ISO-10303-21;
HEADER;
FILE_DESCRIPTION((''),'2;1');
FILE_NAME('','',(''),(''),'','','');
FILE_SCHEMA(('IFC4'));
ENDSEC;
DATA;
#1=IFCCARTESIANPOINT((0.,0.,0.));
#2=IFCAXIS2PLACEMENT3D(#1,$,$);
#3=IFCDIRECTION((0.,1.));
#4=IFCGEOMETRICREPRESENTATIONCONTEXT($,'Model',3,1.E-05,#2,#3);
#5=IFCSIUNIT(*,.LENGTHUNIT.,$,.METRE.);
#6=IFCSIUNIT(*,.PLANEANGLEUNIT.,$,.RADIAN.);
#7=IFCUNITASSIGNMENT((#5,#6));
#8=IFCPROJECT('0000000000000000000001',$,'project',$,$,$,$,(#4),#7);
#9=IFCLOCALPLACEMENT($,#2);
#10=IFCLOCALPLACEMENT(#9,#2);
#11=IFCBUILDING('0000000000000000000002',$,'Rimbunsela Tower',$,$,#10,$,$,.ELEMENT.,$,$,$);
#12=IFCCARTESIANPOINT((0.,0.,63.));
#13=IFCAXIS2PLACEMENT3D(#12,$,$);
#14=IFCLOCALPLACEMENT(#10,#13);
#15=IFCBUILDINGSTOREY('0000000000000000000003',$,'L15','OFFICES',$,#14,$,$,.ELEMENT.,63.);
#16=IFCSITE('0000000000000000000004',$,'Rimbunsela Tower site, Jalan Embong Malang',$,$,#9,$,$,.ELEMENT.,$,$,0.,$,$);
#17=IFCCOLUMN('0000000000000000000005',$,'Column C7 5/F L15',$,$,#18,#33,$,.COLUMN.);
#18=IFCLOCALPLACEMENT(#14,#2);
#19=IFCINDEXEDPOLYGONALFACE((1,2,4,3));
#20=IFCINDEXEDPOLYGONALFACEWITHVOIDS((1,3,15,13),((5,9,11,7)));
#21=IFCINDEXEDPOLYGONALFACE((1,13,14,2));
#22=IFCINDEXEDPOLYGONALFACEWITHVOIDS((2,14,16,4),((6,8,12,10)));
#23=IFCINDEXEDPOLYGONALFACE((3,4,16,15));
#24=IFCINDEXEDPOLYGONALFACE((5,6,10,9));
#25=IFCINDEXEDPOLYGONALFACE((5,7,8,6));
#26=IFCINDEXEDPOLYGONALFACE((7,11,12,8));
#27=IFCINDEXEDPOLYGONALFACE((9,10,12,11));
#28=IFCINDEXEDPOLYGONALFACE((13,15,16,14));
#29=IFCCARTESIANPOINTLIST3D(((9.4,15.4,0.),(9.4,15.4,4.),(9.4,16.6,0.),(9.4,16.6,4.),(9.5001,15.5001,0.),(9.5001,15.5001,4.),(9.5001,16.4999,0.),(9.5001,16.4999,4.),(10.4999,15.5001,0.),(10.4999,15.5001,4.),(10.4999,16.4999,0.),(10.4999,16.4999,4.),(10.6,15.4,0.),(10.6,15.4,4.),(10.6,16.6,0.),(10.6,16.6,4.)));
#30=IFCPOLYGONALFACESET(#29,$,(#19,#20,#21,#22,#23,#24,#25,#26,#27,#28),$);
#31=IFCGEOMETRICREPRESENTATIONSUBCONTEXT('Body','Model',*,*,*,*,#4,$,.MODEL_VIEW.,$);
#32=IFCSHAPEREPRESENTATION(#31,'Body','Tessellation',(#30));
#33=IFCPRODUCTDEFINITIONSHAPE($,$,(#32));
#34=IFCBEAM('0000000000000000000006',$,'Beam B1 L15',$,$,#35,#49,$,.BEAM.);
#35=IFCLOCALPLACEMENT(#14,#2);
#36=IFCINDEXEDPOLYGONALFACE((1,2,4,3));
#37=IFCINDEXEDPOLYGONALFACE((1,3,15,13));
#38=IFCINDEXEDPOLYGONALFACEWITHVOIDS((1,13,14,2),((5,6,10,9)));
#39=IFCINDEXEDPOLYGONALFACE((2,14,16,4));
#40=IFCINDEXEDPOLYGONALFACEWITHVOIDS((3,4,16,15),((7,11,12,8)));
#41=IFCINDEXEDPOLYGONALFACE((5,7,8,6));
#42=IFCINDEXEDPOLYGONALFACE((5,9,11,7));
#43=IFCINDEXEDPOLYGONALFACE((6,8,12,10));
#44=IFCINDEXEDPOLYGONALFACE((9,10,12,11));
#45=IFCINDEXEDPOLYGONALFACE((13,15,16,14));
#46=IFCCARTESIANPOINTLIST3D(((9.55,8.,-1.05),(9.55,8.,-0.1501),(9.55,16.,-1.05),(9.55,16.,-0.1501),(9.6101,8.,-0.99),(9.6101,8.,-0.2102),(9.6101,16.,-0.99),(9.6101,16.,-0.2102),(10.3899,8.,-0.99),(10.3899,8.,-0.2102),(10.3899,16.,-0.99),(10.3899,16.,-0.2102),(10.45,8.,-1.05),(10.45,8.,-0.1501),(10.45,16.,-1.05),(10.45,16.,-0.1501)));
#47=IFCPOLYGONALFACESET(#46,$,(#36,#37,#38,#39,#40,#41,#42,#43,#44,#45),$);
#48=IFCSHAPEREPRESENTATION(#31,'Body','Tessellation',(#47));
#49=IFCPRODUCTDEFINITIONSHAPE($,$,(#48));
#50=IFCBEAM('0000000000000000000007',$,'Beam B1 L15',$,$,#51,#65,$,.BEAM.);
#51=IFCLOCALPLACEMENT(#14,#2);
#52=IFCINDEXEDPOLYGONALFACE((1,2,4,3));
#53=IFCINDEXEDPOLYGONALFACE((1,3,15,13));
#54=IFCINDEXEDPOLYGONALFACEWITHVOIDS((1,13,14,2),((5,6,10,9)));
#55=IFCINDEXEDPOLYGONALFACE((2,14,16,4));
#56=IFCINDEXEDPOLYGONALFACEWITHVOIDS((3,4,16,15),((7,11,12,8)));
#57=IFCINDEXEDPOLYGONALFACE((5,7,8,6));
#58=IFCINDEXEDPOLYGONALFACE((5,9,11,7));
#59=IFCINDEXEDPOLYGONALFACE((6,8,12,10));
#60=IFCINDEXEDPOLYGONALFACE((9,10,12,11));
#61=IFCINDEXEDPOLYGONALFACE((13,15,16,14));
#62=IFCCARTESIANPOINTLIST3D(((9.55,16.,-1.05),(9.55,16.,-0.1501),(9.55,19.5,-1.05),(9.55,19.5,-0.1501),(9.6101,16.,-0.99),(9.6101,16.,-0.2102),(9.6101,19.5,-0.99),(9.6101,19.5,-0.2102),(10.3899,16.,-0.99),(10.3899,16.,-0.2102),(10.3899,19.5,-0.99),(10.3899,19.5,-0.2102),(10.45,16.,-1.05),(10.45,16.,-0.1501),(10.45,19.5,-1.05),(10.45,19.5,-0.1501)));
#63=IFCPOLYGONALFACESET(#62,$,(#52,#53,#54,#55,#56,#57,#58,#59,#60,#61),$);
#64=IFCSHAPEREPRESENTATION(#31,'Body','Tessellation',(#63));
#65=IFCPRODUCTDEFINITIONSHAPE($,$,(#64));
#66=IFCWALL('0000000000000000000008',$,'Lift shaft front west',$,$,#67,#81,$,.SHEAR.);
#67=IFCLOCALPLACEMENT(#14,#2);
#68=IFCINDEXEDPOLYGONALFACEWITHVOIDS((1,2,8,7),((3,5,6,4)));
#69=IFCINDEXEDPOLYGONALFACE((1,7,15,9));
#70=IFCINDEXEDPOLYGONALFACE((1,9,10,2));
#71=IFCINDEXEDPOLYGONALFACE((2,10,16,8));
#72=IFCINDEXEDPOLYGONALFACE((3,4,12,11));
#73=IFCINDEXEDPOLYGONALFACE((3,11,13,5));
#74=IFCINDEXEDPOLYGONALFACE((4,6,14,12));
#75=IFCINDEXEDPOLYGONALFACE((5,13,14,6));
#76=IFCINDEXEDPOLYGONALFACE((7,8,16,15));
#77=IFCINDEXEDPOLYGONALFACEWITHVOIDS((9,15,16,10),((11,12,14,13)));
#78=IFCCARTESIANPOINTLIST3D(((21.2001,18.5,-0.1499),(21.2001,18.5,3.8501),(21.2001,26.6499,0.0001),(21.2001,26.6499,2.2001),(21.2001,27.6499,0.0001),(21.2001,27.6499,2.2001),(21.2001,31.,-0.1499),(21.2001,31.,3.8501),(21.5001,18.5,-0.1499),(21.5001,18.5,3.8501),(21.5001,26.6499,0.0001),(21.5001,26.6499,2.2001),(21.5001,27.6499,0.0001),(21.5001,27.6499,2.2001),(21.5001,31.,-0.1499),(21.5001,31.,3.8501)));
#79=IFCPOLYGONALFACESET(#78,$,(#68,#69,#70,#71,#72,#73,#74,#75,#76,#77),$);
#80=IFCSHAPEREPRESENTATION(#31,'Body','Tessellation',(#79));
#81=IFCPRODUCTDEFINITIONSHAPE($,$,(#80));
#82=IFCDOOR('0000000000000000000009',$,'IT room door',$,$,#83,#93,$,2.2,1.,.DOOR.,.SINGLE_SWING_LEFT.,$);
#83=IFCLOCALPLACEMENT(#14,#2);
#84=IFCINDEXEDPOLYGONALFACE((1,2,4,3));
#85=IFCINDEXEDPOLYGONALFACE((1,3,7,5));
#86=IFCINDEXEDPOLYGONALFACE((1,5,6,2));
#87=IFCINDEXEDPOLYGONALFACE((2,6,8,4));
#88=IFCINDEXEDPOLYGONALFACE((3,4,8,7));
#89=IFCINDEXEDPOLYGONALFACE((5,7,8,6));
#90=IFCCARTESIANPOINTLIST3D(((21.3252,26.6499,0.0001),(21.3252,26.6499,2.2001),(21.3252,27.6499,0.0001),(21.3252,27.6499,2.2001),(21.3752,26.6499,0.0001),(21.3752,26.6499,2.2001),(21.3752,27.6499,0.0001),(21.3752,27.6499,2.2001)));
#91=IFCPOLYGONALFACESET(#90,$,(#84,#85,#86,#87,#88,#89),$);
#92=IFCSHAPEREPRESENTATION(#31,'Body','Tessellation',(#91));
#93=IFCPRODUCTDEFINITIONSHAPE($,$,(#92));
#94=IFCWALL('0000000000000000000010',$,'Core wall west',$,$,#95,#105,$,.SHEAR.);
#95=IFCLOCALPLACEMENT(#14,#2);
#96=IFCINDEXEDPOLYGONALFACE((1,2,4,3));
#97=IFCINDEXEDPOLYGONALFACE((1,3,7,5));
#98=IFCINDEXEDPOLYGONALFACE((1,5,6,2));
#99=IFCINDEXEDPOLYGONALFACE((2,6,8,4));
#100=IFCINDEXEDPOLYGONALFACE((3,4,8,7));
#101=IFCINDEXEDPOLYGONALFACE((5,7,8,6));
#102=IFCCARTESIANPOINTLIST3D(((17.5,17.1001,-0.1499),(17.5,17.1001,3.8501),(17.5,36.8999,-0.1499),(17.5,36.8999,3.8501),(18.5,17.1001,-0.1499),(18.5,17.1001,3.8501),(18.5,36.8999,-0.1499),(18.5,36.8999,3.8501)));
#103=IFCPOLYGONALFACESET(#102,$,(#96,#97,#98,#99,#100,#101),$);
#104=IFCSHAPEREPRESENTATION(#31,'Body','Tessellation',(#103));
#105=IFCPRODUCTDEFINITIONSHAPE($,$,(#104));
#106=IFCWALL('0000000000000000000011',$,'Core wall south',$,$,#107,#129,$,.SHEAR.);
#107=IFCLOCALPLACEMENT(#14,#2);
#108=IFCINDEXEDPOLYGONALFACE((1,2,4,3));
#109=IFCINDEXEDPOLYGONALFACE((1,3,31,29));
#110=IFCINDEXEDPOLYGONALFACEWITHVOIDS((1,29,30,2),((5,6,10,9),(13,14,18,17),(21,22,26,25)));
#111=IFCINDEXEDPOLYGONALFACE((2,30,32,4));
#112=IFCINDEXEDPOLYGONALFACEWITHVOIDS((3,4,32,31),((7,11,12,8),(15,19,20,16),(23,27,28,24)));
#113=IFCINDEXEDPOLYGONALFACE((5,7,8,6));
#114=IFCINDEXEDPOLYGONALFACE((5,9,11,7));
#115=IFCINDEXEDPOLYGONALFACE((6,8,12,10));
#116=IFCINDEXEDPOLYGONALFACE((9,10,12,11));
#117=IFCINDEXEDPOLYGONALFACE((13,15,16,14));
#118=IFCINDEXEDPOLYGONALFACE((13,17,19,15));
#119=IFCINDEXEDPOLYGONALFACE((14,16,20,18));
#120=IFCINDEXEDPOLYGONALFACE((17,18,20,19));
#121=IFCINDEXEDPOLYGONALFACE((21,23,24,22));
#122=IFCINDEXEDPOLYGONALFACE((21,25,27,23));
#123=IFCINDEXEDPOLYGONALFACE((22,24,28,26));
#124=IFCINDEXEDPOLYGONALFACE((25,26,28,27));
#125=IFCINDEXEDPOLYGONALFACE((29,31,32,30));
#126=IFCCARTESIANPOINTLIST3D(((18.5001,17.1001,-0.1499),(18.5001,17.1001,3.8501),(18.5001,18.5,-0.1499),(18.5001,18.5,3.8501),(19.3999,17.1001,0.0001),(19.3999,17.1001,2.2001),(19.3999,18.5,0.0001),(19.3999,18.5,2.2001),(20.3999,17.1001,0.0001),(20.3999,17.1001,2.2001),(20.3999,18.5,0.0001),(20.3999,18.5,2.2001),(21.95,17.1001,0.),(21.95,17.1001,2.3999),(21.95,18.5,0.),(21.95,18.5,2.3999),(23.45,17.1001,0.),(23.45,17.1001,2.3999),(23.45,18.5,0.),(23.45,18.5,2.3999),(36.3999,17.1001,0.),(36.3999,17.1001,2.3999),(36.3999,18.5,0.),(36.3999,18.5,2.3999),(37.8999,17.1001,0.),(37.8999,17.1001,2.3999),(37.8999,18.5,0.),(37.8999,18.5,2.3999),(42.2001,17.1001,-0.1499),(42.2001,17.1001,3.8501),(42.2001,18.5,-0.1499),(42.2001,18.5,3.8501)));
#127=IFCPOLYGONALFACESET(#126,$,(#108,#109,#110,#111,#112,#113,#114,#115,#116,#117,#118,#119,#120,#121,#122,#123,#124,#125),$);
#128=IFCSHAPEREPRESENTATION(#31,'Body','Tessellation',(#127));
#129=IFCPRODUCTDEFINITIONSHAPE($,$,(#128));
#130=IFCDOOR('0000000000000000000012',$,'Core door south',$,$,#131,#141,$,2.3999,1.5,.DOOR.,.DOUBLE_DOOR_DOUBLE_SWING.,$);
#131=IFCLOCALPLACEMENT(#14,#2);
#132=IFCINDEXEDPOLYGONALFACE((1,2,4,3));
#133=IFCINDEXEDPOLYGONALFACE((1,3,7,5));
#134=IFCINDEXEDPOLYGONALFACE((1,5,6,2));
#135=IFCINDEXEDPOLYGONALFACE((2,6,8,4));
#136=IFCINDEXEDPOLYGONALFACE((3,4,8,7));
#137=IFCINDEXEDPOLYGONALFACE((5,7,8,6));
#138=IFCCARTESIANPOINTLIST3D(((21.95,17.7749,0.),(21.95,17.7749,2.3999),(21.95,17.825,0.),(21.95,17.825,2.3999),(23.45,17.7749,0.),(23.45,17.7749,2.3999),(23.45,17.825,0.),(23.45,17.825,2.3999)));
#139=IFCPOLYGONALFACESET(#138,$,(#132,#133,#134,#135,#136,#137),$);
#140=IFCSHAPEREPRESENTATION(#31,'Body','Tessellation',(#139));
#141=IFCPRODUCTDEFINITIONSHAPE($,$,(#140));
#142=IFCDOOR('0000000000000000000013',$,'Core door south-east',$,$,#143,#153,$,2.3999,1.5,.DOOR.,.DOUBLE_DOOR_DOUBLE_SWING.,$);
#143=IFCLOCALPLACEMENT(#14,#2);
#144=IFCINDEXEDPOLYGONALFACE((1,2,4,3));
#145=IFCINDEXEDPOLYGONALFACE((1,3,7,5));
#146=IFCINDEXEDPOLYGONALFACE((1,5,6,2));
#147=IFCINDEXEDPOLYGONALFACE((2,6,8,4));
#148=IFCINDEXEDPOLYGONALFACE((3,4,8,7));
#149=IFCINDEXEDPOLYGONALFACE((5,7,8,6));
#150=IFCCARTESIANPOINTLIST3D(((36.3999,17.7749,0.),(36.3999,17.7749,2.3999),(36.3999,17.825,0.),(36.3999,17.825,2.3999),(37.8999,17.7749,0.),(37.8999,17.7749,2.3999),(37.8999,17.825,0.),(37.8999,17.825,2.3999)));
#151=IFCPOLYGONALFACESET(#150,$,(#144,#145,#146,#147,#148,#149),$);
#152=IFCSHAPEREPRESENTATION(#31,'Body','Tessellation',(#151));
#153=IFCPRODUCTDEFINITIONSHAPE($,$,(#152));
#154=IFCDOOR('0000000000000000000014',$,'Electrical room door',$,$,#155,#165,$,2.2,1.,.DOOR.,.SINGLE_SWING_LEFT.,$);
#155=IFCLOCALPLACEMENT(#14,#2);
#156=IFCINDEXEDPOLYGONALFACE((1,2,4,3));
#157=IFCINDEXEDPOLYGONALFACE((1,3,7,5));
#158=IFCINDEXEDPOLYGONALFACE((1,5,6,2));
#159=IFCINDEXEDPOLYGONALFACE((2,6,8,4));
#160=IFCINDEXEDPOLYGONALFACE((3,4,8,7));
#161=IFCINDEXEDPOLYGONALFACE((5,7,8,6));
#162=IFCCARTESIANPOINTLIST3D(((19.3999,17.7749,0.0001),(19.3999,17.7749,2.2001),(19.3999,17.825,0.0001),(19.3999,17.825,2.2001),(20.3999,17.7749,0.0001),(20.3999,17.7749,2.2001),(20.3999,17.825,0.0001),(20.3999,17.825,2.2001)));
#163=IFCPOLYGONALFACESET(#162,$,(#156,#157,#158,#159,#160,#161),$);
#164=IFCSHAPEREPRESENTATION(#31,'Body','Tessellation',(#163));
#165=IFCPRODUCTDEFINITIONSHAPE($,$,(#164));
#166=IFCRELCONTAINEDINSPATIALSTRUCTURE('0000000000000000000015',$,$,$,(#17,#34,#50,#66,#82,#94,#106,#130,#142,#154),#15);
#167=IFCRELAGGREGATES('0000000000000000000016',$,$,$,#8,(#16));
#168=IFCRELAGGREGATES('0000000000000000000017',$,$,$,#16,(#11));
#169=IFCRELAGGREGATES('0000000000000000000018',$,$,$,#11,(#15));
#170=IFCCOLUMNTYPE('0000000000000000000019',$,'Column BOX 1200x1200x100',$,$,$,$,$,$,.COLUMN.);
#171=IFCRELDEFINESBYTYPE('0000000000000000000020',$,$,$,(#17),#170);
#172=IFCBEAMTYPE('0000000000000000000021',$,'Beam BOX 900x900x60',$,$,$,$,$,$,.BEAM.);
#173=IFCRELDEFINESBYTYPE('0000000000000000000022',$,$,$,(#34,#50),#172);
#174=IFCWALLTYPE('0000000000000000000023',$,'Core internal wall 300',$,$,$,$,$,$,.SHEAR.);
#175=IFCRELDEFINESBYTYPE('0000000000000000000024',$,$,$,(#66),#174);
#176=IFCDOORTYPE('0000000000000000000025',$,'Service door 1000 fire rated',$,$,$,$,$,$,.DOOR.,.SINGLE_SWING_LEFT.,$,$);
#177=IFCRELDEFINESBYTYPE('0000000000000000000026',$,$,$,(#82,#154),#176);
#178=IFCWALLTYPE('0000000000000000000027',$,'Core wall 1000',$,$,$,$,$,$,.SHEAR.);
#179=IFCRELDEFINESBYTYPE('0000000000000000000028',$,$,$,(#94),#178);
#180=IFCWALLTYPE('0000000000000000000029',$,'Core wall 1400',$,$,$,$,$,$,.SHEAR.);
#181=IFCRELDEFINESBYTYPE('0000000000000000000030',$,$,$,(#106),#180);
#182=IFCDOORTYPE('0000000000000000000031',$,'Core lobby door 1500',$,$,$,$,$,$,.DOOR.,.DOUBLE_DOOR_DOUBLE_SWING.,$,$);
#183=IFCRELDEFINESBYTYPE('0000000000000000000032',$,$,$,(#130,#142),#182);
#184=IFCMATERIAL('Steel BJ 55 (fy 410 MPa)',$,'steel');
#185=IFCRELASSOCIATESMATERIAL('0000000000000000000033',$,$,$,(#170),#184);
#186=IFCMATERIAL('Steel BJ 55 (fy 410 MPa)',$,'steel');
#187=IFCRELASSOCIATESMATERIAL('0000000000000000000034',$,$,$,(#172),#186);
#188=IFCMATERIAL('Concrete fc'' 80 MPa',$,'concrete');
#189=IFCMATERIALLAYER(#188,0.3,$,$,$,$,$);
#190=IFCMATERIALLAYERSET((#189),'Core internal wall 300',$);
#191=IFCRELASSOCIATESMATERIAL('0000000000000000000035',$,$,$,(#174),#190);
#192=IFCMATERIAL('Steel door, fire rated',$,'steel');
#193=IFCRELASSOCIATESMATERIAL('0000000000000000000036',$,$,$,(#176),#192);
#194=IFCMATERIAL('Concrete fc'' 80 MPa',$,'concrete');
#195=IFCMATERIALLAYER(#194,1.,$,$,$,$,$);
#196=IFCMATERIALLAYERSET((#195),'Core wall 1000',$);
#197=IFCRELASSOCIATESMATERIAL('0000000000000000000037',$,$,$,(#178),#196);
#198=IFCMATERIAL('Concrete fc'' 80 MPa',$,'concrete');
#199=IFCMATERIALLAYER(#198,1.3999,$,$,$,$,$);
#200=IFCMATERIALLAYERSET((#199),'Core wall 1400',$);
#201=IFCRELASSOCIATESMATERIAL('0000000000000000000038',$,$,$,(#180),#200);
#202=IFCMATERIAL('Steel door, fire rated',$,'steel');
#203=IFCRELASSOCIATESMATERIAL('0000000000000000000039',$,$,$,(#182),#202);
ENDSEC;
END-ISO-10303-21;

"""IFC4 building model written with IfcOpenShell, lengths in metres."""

from ifc_helpers import new_model, si_unit, direction, frame, frame_2d, origin, origin_2d, place, context, subcontext, project, spatial, rectangle, hollow_rectangle, extrude, material, layer, layer_set, material_profile, profile_set, type_object, element, fill, save


model = new_model("IFC4")

# Units and contexts
model_context = context("Model", 3, precision=1e-05, world=origin(), true_north=direction((0.0, 1.0)))
body_context = subcontext(model_context, "Body", "Model", "MODEL_VIEW")
ifc_project = project(units=[si_unit("LENGTHUNIT", "METRE"), si_unit("PLANEANGLEUNIT", "RADIAN")], contexts=[model_context])

# Site, building, storey
site_placement = place(None, origin())
site = spatial("IfcSite", under=ifc_project, at=site_placement, Name="Rimbunsela Tower site, Jalan Embong Malang", CompositionType="ELEMENT", RefElevation=0.0)
building_placement = place(site_placement, origin())
building = spatial("IfcBuilding", under=site, at=building_placement, Name="Rimbunsela Tower", CompositionType="ELEMENT")
storey_placement = place(building_placement, frame((0.0, 0.0, 63.0)))
storey = spatial("IfcBuildingStorey", under=building, at=storey_placement, Name="L15", Description="OFFICES", CompositionType="ELEMENT", Elevation=63.0)

# Column
ifc_material_1 = material(Name="Steel BJ 55 (fy 410 MPa)", Category="steel")
ifc_material_profile_1 = material_profile(ifc_material_1, hollow_rectangle(XDim=1.2, YDim=1.2, WallThickness=0.1001, at=origin_2d()), Name="BOX 1200x1200x100")
ifc_profile_set_1 = profile_set([ifc_material_profile_1], Name="Steel BJ 55 (fy 410 MPa)")
column_type = type_object("IfcColumnType", Name="Column BOX 1200x1200x100", PredefinedType="COLUMN", material=ifc_profile_set_1)
column_placement = place(storey_placement, frame((10.0, 16.0, 0.0), z_axis=(0.0, 0.0, 1.0), x_axis=(1.0, 0.0, 0.0)))
element("IfcColumn", 1, at=column_placement, inside=storey, type_object=column_type, Name="Column C7 5/F L15", PredefinedType="COLUMN", context=body_context, shape_type="SweptSolid", body=[
    extrude(hollow_rectangle(XDim=1.2, YDim=1.2, WallThickness=0.1001, at=origin_2d()), origin(), (0.0, 0.0, 1.0), 4.0),
])

# Beams
ifc_material_2 = material(Name="Steel BJ 55 (fy 410 MPa)", Category="steel")
ifc_material_profile_2 = material_profile(ifc_material_2, hollow_rectangle(XDim=0.8999, YDim=0.8999, WallThickness=0.0601, at=origin_2d()), Name="BOX 900x900x60")
ifc_profile_set_2 = profile_set([ifc_material_profile_2], Name="Steel BJ 55 (fy 410 MPa)")
beam_type = type_object("IfcBeamType", Name="Beam BOX 900x900x60", PredefinedType="BEAM", material=ifc_profile_set_2)
beam_1_placement = place(storey_placement, frame((10.0, 8.0, -0.6001), z_axis=(0.0, 1.0, 0.0), x_axis=(-1.0, 0.0, 0.0)))
element("IfcBeam", 2, at=beam_1_placement, inside=storey, type_object=beam_type, Name="Beam B1 L15", PredefinedType="BEAM", context=body_context, shape_type="SweptSolid", body=[
    extrude(hollow_rectangle(XDim=0.8999, YDim=0.8999, WallThickness=0.0601, at=origin_2d()), origin(), (0.0, 0.0, 1.0), 8.0),
])
beam_2_placement = place(storey_placement, frame((10.0, 16.0, -0.6001), z_axis=(0.0, 1.0, 0.0), x_axis=(-1.0, 0.0, 0.0)))
element("IfcBeam", 3, at=beam_2_placement, inside=storey, type_object=beam_type, Name="Beam B1 L15", PredefinedType="BEAM", context=body_context, shape_type="SweptSolid", body=[
    extrude(hollow_rectangle(XDim=0.8999, YDim=0.8999, WallThickness=0.0601, at=origin_2d()), origin(), (0.0, 0.0, 1.0), 3.5),
])

# Wall, opening, door
ifc_material_3 = material(Name="Concrete fc' 80 MPa", Category="concrete")
ifc_layer_1 = layer(ifc_material_3, 0.3)
ifc_layer_set_1 = layer_set([ifc_layer_1], Name="Core internal wall 300")
wall_type_1 = type_object("IfcWallType", Name="Core internal wall 300", PredefinedType="SHEAR", material=ifc_layer_set_1)
wall_1_placement = place(storey_placement, frame((21.3501, 18.5, -0.1499), z_axis=(0.0, 0.0, 1.0), x_axis=(0.0, 1.0, 0.0)))
wall_1 = element("IfcWall", 4, at=wall_1_placement, inside=storey, type_object=wall_type_1, Name="Lift shaft front west", PredefinedType="SHEAR", context=body_context, shape_type="SweptSolid", body=[
    extrude(rectangle(XDim=12.5, YDim=0.3, at=frame_2d((6.25, 0.0))), origin(), (0.0, 0.0, 1.0), 4.0),
])
opening_1_placement = place(wall_1_placement, frame((8.1499, 0.0, 0.1499)))
opening_1 = element("IfcOpeningElement", 5, at=opening_1_placement, cuts=wall_1, PredefinedType="OPENING", context=body_context, shape_type="SweptSolid", body=[
    extrude(rectangle(XDim=1.0, YDim=2.2, at=frame_2d((0.5, 1.1001))), frame((0.0, 0.1599, 0.0), z_axis=(0.0, -1.0, 0.0), x_axis=(1.0, 0.0, 0.0)), (0.0, 0.0, 1.0), 0.3201),
])
ifc_material_4 = material(Name="Steel door, fire rated", Category="steel")
door_type_1 = type_object("IfcDoorType", Name="Service door 1000 fire rated", OperationType="SINGLE_SWING_LEFT", PredefinedType="DOOR", material=ifc_material_4)
door_1_placement = place(opening_1_placement, origin())
door_1 = element("IfcDoor", 6, at=door_1_placement, inside=storey, type_object=door_type_1, Name="IT room door", OperationType="SINGLE_SWING_LEFT", OverallHeight=2.2, OverallWidth=1.0, PredefinedType="DOOR", context=body_context, shape_type="SweptSolid", body=[
    extrude(rectangle(XDim=1.0, YDim=2.2, at=frame_2d((0.5, 1.1001))), frame((0.0, 0.0249, 0.0), z_axis=(0.0, -1.0, 0.0), x_axis=(1.0, 0.0, 0.0)), (0.0, 0.0, 1.0), 0.05),
])
fill(opening_1, door_1)

# Wall
ifc_material_5 = material(Name="Concrete fc' 80 MPa", Category="concrete")
ifc_layer_2 = layer(ifc_material_5, 1.0)
ifc_layer_set_2 = layer_set([ifc_layer_2], Name="Core wall 1000")
wall_type_2 = type_object("IfcWallType", Name="Core wall 1000", PredefinedType="SHEAR", material=ifc_layer_set_2)
wall_2_placement = place(storey_placement, frame((18.0, 17.1001, -0.1499), z_axis=(0.0, 0.0, 1.0), x_axis=(0.0, 1.0, 0.0)))
element("IfcWall", 7, at=wall_2_placement, inside=storey, type_object=wall_type_2, Name="Core wall west", PredefinedType="SHEAR", context=body_context, shape_type="SweptSolid", body=[
    extrude(rectangle(XDim=19.7998, YDim=1.0, at=frame_2d((9.8999, 0.0))), origin(), (0.0, 0.0, 1.0), 4.0),
])

# Wall, openings, doors
ifc_material_6 = material(Name="Concrete fc' 80 MPa", Category="concrete")
ifc_layer_3 = layer(ifc_material_6, 1.3999)
ifc_layer_set_3 = layer_set([ifc_layer_3], Name="Core wall 1400")
wall_type_3 = type_object("IfcWallType", Name="Core wall 1400", PredefinedType="SHEAR", material=ifc_layer_set_3)
wall_3_placement = place(storey_placement, frame((18.5, 17.8, -0.1499), z_axis=(0.0, 0.0, 1.0), x_axis=(1.0, 0.0, 0.0)))
wall_3 = element("IfcWall", 8, at=wall_3_placement, inside=storey, type_object=wall_type_3, Name="Core wall south", PredefinedType="SHEAR", context=body_context, shape_type="SweptSolid", body=[
    extrude(rectangle(XDim=23.7, YDim=1.3999, at=frame_2d((11.8501, 0.0))), origin(), (0.0, 0.0, 1.0), 4.0),
])
opening_2_placement = place(wall_3_placement, frame((3.45, 0.0, 0.1499)))
opening_2 = element("IfcOpeningElement", 9, at=opening_2_placement, cuts=wall_3, PredefinedType="OPENING", context=body_context, shape_type="SweptSolid", body=[
    extrude(rectangle(XDim=1.5, YDim=2.3999, at=frame_2d((0.75, 1.2))), frame((0.0, 0.71, 0.0), z_axis=(0.0, -1.0, 0.0), x_axis=(1.0, 0.0, 0.0)), (0.0, 0.0, 1.0), 1.4199),
])
opening_3_placement = place(wall_3_placement, frame((17.8999, 0.0, 0.1499)))
opening_3 = element("IfcOpeningElement", 10, at=opening_3_placement, cuts=wall_3, PredefinedType="OPENING", context=body_context, shape_type="SweptSolid", body=[
    extrude(rectangle(XDim=1.5, YDim=2.3999, at=frame_2d((0.75, 1.2))), frame((0.0, 0.71, 0.0), z_axis=(0.0, -1.0, 0.0), x_axis=(1.0, 0.0, 0.0)), (0.0, 0.0, 1.0), 1.4199),
])
opening_4_placement = place(wall_3_placement, frame((0.8999, 0.0, 0.1499)))
opening_4 = element("IfcOpeningElement", 11, at=opening_4_placement, cuts=wall_3, PredefinedType="OPENING", context=body_context, shape_type="SweptSolid", body=[
    extrude(rectangle(XDim=1.0, YDim=2.2, at=frame_2d((0.5, 1.1001))), frame((0.0, 0.71, 0.0), z_axis=(0.0, -1.0, 0.0), x_axis=(1.0, 0.0, 0.0)), (0.0, 0.0, 1.0), 1.4199),
])
ifc_material_7 = material(Name="Steel door, fire rated", Category="steel")
door_type_2 = type_object("IfcDoorType", Name="Core lobby door 1500", OperationType="DOUBLE_DOOR_DOUBLE_SWING", PredefinedType="DOOR", material=ifc_material_7)
door_2_placement = place(opening_2_placement, origin())
door_2 = element("IfcDoor", 12, at=door_2_placement, inside=storey, type_object=door_type_2, Name="Core door south", OperationType="DOUBLE_DOOR_DOUBLE_SWING", OverallHeight=2.3999, OverallWidth=1.5, PredefinedType="DOOR", context=body_context, shape_type="SweptSolid", body=[
    extrude(rectangle(XDim=1.5, YDim=2.3999, at=frame_2d((0.75, 1.2))), frame((0.0, 0.0249, 0.0), z_axis=(0.0, -1.0, 0.0), x_axis=(1.0, 0.0, 0.0)), (0.0, 0.0, 1.0), 0.05),
])
fill(opening_2, door_2)
door_3_placement = place(opening_3_placement, origin())
door_3 = element("IfcDoor", 13, at=door_3_placement, inside=storey, type_object=door_type_2, Name="Core door south-east", OperationType="DOUBLE_DOOR_DOUBLE_SWING", OverallHeight=2.3999, OverallWidth=1.5, PredefinedType="DOOR", context=body_context, shape_type="SweptSolid", body=[
    extrude(rectangle(XDim=1.5, YDim=2.3999, at=frame_2d((0.75, 1.2))), frame((0.0, 0.0249, 0.0), z_axis=(0.0, -1.0, 0.0), x_axis=(1.0, 0.0, 0.0)), (0.0, 0.0, 1.0), 0.05),
])
fill(opening_3, door_3)
door_4_placement = place(opening_4_placement, origin())
door_4 = element("IfcDoor", 14, at=door_4_placement, inside=storey, type_object=door_type_1, Name="Electrical room door", OperationType="SINGLE_SWING_LEFT", OverallHeight=2.2, OverallWidth=1.0, PredefinedType="DOOR", context=body_context, shape_type="SweptSolid", body=[
    extrude(rectangle(XDim=1.0, YDim=2.2, at=frame_2d((0.5, 1.1001))), frame((0.0, 0.0249, 0.0), z_axis=(0.0, -1.0, 0.0), x_axis=(1.0, 0.0, 0.0)), (0.0, 0.0, 1.0), 0.05),
])
fill(opening_4, door_4)

save(model, "model.ifc")
